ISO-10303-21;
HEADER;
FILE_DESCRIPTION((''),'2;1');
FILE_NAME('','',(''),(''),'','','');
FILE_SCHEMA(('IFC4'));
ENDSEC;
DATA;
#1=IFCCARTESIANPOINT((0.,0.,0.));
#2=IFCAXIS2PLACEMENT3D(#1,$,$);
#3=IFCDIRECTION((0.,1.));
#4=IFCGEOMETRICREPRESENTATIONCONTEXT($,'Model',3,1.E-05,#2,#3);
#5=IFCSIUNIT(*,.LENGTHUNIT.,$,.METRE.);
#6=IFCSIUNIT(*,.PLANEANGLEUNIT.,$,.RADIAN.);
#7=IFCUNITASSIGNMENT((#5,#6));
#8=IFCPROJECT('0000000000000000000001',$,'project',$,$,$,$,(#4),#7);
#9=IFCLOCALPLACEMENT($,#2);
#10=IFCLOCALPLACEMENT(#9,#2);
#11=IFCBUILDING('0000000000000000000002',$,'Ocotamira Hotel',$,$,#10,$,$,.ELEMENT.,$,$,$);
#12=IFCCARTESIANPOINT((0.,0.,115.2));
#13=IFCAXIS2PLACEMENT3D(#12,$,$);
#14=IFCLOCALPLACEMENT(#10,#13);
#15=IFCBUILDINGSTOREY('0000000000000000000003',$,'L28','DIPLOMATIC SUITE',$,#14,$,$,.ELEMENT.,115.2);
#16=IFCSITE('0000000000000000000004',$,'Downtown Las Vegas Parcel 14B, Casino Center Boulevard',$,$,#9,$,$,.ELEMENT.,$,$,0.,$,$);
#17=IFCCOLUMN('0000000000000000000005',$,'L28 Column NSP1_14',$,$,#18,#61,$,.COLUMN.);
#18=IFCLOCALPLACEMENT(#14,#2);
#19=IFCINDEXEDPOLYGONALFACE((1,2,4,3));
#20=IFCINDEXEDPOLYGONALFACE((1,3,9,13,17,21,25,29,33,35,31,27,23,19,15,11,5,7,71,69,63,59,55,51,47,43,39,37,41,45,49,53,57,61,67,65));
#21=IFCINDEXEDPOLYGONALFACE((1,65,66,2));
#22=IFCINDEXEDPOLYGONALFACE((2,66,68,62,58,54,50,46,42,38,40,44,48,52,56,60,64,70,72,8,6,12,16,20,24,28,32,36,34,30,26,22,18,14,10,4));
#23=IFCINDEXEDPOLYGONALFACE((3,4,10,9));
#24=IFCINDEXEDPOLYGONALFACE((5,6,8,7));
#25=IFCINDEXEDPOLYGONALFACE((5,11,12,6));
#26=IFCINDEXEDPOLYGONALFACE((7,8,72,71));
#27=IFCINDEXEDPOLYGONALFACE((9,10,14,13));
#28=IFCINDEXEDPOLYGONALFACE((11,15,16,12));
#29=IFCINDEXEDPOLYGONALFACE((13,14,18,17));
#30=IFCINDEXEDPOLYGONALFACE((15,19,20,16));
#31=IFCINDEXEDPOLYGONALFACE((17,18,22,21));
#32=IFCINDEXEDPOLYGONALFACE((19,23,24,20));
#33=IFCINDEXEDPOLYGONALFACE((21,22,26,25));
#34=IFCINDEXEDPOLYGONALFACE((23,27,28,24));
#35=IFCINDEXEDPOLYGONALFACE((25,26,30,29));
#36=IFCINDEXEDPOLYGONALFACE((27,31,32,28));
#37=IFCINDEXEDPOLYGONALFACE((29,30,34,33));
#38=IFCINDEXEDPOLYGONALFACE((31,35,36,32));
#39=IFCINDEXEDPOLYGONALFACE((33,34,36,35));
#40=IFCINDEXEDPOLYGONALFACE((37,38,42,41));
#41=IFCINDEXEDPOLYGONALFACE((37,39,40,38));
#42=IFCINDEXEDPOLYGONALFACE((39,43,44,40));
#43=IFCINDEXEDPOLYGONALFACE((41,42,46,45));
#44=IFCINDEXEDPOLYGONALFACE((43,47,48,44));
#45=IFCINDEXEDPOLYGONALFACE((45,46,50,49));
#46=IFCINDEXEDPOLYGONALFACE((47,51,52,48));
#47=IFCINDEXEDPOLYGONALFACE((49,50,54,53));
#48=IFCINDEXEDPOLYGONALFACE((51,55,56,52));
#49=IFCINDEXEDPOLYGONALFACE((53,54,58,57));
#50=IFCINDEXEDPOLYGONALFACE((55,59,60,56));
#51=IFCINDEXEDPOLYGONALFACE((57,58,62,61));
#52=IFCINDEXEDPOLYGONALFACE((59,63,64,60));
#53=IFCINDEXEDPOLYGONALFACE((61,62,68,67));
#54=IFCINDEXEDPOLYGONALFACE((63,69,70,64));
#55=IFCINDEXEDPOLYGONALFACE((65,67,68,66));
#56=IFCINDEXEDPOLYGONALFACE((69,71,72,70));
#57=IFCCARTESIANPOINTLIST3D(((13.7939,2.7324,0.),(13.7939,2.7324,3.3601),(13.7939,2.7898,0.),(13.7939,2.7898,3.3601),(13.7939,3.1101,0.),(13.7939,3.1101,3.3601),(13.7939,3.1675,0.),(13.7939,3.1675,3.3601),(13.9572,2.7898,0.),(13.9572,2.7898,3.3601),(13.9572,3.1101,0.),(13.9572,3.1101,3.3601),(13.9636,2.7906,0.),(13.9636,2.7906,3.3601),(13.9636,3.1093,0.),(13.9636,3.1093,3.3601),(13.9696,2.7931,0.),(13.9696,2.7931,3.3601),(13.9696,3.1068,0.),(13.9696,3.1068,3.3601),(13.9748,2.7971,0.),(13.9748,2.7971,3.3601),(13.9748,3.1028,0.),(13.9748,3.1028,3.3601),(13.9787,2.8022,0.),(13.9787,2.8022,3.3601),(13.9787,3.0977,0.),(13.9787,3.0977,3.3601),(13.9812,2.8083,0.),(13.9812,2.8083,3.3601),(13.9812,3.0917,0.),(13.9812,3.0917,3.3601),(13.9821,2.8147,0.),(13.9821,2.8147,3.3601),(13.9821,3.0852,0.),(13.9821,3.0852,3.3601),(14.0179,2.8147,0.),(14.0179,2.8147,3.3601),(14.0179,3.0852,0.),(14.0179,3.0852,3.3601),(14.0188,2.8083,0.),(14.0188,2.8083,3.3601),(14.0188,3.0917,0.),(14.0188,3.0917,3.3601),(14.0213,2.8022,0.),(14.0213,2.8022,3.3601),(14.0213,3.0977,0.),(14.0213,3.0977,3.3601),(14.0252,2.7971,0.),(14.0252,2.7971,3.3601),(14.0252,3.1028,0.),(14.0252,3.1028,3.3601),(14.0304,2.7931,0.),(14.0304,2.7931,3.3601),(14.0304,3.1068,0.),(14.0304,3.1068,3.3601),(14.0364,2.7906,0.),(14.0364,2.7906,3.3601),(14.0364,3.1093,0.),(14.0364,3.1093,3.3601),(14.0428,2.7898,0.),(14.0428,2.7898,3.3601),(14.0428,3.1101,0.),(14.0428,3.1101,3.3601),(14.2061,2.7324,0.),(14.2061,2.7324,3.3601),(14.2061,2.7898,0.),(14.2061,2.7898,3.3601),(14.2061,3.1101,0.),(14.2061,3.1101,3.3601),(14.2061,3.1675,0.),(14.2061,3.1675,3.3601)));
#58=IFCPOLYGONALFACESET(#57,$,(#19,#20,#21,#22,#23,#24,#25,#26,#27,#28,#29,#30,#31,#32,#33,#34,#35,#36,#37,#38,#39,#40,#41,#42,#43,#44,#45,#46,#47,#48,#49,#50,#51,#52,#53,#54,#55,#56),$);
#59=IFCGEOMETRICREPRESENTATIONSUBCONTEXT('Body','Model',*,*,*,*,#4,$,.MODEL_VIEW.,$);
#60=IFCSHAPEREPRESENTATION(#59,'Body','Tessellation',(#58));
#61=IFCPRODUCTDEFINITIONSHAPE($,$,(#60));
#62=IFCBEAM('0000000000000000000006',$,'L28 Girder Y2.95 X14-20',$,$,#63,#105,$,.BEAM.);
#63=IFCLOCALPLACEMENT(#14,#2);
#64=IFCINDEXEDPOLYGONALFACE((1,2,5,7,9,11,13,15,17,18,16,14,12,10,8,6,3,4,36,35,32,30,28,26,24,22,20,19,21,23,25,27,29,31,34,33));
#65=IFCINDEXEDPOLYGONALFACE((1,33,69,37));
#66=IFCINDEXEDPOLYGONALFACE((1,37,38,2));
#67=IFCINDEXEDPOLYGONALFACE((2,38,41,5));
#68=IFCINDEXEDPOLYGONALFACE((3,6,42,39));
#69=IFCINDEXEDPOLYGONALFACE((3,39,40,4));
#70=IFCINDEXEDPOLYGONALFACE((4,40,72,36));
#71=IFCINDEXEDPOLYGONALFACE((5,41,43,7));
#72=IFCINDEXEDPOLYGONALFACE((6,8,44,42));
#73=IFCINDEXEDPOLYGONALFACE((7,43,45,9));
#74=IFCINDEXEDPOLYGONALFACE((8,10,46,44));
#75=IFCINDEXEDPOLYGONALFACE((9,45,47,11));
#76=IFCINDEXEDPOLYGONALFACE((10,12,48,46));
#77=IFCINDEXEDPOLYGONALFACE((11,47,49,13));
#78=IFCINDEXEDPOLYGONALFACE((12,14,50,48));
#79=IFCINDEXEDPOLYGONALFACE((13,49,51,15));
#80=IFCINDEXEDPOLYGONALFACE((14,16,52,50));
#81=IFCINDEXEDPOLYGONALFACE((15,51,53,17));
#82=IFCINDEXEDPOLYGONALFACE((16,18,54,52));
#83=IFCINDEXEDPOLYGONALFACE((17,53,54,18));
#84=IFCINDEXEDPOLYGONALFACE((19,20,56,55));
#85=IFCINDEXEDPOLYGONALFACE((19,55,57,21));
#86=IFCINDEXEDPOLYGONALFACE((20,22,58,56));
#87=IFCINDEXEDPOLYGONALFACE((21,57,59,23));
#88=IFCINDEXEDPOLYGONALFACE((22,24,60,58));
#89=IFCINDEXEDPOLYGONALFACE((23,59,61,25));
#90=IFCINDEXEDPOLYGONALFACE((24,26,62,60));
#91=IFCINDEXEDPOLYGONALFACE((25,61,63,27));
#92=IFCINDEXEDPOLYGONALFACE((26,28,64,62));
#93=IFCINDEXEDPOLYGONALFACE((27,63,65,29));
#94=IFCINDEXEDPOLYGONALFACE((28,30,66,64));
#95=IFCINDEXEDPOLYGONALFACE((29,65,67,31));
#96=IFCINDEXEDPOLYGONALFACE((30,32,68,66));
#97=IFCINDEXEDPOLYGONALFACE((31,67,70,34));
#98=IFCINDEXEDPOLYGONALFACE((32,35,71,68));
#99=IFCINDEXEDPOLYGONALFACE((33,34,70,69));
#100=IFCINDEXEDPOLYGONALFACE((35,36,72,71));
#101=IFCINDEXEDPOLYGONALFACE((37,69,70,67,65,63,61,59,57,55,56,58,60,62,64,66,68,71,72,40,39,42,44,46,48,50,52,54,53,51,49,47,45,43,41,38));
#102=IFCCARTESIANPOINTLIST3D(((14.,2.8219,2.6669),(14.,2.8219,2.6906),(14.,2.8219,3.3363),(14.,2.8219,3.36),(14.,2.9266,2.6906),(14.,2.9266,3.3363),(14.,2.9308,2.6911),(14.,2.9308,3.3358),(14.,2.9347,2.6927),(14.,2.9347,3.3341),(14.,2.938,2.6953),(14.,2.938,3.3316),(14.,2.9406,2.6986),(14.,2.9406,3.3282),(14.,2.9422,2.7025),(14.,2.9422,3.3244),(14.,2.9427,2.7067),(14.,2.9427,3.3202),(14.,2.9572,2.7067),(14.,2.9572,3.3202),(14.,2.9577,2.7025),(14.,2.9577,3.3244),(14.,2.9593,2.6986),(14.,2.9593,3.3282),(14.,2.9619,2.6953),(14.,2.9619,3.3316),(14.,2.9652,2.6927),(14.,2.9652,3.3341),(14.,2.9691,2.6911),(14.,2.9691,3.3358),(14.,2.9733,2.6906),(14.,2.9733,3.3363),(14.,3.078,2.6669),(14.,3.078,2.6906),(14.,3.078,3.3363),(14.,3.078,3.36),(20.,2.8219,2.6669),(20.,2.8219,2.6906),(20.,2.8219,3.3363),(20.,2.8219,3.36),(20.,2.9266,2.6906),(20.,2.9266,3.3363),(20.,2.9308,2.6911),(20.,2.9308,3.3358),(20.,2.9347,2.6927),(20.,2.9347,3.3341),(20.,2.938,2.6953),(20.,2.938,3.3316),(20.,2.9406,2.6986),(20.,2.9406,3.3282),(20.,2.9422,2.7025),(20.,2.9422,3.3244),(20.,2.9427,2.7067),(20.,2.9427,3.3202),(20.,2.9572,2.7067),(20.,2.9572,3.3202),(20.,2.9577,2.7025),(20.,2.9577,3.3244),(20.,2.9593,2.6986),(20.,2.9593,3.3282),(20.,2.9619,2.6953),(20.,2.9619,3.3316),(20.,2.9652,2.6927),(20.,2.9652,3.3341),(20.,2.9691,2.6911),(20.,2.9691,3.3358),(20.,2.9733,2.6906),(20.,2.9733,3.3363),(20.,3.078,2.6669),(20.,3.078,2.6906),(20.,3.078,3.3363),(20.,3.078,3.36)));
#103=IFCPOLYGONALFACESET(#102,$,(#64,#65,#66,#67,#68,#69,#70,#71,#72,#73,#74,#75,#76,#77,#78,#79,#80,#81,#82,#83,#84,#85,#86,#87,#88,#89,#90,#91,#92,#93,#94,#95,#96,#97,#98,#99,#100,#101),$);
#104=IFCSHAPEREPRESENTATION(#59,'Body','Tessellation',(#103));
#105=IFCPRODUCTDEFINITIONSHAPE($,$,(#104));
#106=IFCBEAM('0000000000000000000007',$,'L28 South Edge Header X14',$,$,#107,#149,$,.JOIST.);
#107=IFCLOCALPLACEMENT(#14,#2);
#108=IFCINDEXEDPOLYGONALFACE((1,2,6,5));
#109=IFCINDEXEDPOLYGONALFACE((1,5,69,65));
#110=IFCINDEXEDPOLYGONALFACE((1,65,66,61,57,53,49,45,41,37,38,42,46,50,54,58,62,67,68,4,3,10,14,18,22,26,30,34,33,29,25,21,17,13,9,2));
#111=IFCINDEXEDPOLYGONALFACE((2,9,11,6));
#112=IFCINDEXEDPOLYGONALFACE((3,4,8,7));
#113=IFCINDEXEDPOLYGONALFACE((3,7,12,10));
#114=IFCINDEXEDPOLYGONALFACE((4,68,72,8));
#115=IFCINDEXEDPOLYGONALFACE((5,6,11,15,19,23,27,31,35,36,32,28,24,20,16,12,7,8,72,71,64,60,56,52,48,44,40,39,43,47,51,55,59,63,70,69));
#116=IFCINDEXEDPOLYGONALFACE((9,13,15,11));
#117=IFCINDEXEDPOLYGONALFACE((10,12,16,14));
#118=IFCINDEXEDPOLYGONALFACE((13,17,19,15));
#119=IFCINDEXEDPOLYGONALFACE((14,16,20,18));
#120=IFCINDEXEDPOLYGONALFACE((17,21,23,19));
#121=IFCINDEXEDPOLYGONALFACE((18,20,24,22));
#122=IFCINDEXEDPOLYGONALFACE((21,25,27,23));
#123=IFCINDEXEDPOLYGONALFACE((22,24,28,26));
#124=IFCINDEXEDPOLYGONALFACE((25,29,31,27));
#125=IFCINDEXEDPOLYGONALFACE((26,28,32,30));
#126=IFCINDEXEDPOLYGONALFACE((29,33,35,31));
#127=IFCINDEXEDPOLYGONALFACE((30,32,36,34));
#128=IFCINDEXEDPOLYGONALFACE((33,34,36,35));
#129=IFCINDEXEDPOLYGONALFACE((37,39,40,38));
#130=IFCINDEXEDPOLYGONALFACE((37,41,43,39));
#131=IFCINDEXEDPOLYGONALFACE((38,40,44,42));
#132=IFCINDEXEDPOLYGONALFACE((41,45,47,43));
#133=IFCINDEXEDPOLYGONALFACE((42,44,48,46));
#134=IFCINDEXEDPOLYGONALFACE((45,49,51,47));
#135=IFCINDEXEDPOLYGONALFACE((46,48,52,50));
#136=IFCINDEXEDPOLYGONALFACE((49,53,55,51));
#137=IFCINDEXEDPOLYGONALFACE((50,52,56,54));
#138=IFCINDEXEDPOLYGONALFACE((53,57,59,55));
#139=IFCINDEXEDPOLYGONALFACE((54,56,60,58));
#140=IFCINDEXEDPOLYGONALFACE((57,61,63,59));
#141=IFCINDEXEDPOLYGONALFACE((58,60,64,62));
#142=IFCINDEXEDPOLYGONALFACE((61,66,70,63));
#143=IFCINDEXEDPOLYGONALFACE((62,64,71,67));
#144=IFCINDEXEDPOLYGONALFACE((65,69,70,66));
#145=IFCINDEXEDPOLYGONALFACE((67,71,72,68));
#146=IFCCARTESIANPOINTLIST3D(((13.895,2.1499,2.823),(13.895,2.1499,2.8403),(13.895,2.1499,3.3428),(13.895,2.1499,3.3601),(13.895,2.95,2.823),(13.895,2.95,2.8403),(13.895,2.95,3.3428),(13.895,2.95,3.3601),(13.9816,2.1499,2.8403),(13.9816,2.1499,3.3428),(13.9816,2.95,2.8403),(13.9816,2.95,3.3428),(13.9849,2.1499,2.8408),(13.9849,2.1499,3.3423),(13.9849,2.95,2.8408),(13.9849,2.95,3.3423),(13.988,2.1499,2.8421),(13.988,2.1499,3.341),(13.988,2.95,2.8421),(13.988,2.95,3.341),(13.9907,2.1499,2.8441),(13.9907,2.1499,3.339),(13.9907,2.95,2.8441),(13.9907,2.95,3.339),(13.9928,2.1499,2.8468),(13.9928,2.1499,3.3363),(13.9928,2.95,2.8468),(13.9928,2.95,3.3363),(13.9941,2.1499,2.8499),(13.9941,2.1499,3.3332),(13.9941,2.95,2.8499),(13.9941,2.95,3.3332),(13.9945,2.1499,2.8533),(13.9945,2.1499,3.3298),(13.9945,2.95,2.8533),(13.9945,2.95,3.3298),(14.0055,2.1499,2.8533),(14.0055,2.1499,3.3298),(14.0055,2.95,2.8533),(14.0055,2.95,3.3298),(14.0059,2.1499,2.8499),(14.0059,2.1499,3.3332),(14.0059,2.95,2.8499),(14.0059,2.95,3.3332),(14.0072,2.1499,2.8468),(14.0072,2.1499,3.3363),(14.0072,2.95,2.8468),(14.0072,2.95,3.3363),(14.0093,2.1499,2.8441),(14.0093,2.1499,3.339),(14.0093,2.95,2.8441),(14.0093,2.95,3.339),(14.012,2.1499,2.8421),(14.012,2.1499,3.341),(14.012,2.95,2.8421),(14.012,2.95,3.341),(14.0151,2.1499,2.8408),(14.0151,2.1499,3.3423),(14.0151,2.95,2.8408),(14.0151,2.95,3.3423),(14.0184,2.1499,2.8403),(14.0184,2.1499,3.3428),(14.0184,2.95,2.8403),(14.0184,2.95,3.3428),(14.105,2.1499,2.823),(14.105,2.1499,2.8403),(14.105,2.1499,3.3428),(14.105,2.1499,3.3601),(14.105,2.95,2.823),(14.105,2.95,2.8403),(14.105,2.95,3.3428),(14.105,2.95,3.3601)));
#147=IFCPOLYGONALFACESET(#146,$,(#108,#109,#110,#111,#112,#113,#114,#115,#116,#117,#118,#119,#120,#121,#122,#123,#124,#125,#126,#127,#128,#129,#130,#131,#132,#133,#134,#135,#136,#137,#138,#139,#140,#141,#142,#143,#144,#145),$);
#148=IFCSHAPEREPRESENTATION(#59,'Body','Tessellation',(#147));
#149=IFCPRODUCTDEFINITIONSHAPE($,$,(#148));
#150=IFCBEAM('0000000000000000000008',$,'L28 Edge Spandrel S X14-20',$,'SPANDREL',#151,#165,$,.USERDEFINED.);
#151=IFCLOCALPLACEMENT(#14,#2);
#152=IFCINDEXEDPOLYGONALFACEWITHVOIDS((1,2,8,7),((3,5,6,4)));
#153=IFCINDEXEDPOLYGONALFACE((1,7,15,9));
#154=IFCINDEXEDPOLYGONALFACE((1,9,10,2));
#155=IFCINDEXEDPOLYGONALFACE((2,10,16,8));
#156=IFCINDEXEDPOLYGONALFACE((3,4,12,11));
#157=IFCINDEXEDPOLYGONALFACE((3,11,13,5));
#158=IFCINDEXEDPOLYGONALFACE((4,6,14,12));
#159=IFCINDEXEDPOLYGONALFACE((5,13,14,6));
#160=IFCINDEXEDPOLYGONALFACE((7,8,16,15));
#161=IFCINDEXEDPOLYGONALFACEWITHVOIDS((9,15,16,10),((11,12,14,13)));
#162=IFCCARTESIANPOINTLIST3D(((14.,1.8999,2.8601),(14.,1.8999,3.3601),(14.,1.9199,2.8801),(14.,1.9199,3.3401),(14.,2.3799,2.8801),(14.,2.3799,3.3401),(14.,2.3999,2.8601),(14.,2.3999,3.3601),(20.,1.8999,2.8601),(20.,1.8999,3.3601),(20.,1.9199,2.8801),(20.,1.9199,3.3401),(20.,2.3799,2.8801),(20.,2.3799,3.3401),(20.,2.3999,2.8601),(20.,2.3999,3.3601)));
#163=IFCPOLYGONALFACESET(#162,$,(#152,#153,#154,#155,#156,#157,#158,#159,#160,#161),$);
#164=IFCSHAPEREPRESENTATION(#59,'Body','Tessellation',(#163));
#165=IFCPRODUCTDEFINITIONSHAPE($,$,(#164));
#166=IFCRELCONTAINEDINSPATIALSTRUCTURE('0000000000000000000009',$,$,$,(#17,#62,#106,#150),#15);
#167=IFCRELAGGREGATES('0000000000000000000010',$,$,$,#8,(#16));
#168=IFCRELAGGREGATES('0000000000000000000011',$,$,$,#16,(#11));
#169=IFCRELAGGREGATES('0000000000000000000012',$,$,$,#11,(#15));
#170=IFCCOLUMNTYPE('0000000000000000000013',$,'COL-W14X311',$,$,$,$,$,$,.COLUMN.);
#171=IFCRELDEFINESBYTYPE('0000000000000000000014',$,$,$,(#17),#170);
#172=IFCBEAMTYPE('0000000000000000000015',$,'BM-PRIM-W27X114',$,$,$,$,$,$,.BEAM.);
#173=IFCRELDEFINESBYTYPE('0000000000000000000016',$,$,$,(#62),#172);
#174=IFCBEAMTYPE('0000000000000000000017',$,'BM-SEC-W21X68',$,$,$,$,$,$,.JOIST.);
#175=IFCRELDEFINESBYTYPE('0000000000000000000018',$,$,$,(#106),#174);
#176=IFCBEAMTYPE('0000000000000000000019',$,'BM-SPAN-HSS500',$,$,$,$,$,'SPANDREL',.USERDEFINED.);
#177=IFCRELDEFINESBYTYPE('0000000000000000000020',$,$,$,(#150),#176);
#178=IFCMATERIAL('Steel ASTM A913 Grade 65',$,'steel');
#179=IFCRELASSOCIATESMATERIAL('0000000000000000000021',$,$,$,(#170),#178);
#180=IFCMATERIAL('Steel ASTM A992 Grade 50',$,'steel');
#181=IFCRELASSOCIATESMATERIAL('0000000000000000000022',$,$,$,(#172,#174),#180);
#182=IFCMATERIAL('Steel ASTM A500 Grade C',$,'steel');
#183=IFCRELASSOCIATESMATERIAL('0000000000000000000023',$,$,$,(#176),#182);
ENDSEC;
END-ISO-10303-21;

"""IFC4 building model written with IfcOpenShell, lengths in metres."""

from ifc_helpers import new_model, si_unit, direction, frame, origin, origin_2d, place, context, subcontext, project, spatial, hollow_rectangle, i_section, extrude, source, transform, mapped, material, material_profile, profile_set, type_object, element, save


model = new_model("IFC4")

# Units and contexts
model_context = context("Model", 3, precision=1e-05, world=origin(), true_north=direction((0.0, 1.0)))
body_context = subcontext(model_context, "Body", "Model", "MODEL_VIEW")
ifc_project = project(units=[si_unit("LENGTHUNIT", "METRE"), si_unit("PLANEANGLEUNIT", "RADIAN")], contexts=[model_context])

# Site, building, storey
site_placement = place(None, origin())
site = spatial("IfcSite", under=ifc_project, at=site_placement, Name="Downtown Las Vegas Parcel 14B, Casino Center Boulevard", CompositionType="ELEMENT", RefElevation=0.0)
building_placement = place(site_placement, origin())
building = spatial("IfcBuilding", under=site, at=building_placement, Name="Ocotamira Hotel", CompositionType="ELEMENT")
storey_placement = place(building_placement, frame((0.0, 0.0, 115.2)))
storey = spatial("IfcBuildingStorey", under=building, at=storey_placement, Name="L28", Description="DIPLOMATIC SUITE", CompositionType="ELEMENT", Elevation=115.2)

# Column
ifc_material_1 = material(Name="Steel ASTM A913 Grade 65", Category="steel")
ifc_material_profile_1 = material_profile(ifc_material_1, i_section(OverallWidth=0.4121, OverallDepth=0.4351, WebThickness=0.0359, FlangeThickness=0.0574, FilletRadius=0.0249, at=origin_2d()), Name="W14X311")
ifc_profile_set_1 = profile_set([ifc_material_profile_1], Name="Steel ASTM A913 Grade 65")
column_type = type_object("IfcColumnType", Name="COL-W14X311", PredefinedType="COLUMN", material=ifc_profile_set_1)
shared_shape_1 = source(origin(), body_context, "Body", "SweptSolid", [
    extrude(i_section(OverallWidth=0.4121, OverallDepth=0.4351, WebThickness=0.0359, FlangeThickness=0.0574, FilletRadius=0.0249, at=origin_2d()), origin(), (0.0, 0.0, 1.0), 3.3601),
])
column_placement = place(storey_placement, frame((14.0, 2.95, 0.0), z_axis=(0.0, 0.0, 1.0), x_axis=(1.0, 0.0, 0.0)))
element("IfcColumn", 1, at=column_placement, inside=storey, type_object=column_type, Name="L28 Column NSP1_14", PredefinedType="COLUMN", context=body_context, shape_type="MappedRepresentation", body=[
    mapped(shared_shape_1, transform((0.0, 0.0, 0.0), scale=1.0)),
])

# Beams
ifc_material_2 = material(Name="Steel ASTM A992 Grade 50", Category="steel")
ifc_material_profile_2 = material_profile(ifc_material_2, i_section(OverallWidth=0.2561, OverallDepth=0.6931, WebThickness=0.0144, FlangeThickness=0.0237, FilletRadius=0.0161, at=origin_2d()), Name="W27X114")
ifc_profile_set_2 = profile_set([ifc_material_profile_2], Name="Steel ASTM A992 Grade 50")
beam_type_1 = type_object("IfcBeamType", Name="BM-PRIM-W27X114", PredefinedType="BEAM", material=ifc_profile_set_2)
shared_shape_2 = source(origin(), body_context, "Body", "SweptSolid", [
    extrude(i_section(OverallWidth=0.2561, OverallDepth=0.6931, WebThickness=0.0144, FlangeThickness=0.0237, FilletRadius=0.0161, at=origin_2d()), origin(), (0.0, 0.0, 1.0), 6.0),
])
beam_1_placement = place(storey_placement, frame((14.0, 2.95, 3.0134), z_axis=(1.0, 0.0, 0.0), x_axis=(0.0, 1.0, 0.0)))
element("IfcBeam", 2, at=beam_1_placement, inside=storey, type_object=beam_type_1, Name="L28 Girder Y2.95 X14-20", PredefinedType="BEAM", context=body_context, shape_type="MappedRepresentation", body=[
    mapped(shared_shape_2, transform((0.0, 0.0, 0.0), scale=1.0)),
])
ifc_material_profile_3 = material_profile(ifc_material_2, i_section(OverallWidth=0.21, OverallDepth=0.5371, WebThickness=0.011, FlangeThickness=0.0173, FilletRadius=0.0129, at=origin_2d()), Name="W21X68")
ifc_profile_set_3 = profile_set([ifc_material_profile_3], Name="Steel ASTM A992 Grade 50")
beam_type_2 = type_object("IfcBeamType", Name="BM-SEC-W21X68", PredefinedType="JOIST", material=ifc_profile_set_3)
shared_shape_3 = source(origin(), body_context, "Body", "SweptSolid", [
    extrude(i_section(OverallWidth=0.21, OverallDepth=0.5371, WebThickness=0.011, FlangeThickness=0.0173, FilletRadius=0.0129, at=origin_2d()), origin(), (0.0, 0.0, 1.0), 0.8),
])
beam_2_placement = place(storey_placement, frame((14.0, 2.95, 3.0916), z_axis=(0.0, -1.0, 0.0), x_axis=(1.0, 0.0, 0.0)))
element("IfcBeam", 3, at=beam_2_placement, inside=storey, type_object=beam_type_2, Name="L28 South Edge Header X14", PredefinedType="JOIST", context=body_context, shape_type="MappedRepresentation", body=[
    mapped(shared_shape_3, transform((0.0, 0.0, 0.0), scale=1.0)),
])
ifc_material_3 = material(Name="Steel ASTM A500 Grade C", Category="steel")
ifc_material_profile_4 = material_profile(ifc_material_3, hollow_rectangle(XDim=0.5, YDim=0.5, WallThickness=0.02, at=origin_2d()), Name="HSS500X500X20")
ifc_profile_set_4 = profile_set([ifc_material_profile_4], Name="Steel ASTM A500 Grade C")
beam_type_3 = type_object("IfcBeamType", Name="BM-SPAN-HSS500", ElementType="SPANDREL", PredefinedType="USERDEFINED", material=ifc_profile_set_4)
shared_shape_4 = source(origin(), body_context, "Body", "SweptSolid", [
    extrude(hollow_rectangle(XDim=0.5, YDim=0.5, WallThickness=0.02, at=origin_2d()), origin(), (0.0, 0.0, 1.0), 6.0),
])
beam_3_placement = place(storey_placement, frame((14.0, 2.1499, 3.1101), z_axis=(1.0, 0.0, 0.0), x_axis=(0.0, 1.0, 0.0)))
element("IfcBeam", 4, at=beam_3_placement, inside=storey, type_object=beam_type_3, Name="L28 Edge Spandrel S X14-20", ObjectType="SPANDREL", PredefinedType="USERDEFINED", context=body_context, shape_type="MappedRepresentation", body=[
    mapped(shared_shape_4, transform((0.0, 0.0, 0.0), scale=1.0)),
])

save(model, "model.ifc")
